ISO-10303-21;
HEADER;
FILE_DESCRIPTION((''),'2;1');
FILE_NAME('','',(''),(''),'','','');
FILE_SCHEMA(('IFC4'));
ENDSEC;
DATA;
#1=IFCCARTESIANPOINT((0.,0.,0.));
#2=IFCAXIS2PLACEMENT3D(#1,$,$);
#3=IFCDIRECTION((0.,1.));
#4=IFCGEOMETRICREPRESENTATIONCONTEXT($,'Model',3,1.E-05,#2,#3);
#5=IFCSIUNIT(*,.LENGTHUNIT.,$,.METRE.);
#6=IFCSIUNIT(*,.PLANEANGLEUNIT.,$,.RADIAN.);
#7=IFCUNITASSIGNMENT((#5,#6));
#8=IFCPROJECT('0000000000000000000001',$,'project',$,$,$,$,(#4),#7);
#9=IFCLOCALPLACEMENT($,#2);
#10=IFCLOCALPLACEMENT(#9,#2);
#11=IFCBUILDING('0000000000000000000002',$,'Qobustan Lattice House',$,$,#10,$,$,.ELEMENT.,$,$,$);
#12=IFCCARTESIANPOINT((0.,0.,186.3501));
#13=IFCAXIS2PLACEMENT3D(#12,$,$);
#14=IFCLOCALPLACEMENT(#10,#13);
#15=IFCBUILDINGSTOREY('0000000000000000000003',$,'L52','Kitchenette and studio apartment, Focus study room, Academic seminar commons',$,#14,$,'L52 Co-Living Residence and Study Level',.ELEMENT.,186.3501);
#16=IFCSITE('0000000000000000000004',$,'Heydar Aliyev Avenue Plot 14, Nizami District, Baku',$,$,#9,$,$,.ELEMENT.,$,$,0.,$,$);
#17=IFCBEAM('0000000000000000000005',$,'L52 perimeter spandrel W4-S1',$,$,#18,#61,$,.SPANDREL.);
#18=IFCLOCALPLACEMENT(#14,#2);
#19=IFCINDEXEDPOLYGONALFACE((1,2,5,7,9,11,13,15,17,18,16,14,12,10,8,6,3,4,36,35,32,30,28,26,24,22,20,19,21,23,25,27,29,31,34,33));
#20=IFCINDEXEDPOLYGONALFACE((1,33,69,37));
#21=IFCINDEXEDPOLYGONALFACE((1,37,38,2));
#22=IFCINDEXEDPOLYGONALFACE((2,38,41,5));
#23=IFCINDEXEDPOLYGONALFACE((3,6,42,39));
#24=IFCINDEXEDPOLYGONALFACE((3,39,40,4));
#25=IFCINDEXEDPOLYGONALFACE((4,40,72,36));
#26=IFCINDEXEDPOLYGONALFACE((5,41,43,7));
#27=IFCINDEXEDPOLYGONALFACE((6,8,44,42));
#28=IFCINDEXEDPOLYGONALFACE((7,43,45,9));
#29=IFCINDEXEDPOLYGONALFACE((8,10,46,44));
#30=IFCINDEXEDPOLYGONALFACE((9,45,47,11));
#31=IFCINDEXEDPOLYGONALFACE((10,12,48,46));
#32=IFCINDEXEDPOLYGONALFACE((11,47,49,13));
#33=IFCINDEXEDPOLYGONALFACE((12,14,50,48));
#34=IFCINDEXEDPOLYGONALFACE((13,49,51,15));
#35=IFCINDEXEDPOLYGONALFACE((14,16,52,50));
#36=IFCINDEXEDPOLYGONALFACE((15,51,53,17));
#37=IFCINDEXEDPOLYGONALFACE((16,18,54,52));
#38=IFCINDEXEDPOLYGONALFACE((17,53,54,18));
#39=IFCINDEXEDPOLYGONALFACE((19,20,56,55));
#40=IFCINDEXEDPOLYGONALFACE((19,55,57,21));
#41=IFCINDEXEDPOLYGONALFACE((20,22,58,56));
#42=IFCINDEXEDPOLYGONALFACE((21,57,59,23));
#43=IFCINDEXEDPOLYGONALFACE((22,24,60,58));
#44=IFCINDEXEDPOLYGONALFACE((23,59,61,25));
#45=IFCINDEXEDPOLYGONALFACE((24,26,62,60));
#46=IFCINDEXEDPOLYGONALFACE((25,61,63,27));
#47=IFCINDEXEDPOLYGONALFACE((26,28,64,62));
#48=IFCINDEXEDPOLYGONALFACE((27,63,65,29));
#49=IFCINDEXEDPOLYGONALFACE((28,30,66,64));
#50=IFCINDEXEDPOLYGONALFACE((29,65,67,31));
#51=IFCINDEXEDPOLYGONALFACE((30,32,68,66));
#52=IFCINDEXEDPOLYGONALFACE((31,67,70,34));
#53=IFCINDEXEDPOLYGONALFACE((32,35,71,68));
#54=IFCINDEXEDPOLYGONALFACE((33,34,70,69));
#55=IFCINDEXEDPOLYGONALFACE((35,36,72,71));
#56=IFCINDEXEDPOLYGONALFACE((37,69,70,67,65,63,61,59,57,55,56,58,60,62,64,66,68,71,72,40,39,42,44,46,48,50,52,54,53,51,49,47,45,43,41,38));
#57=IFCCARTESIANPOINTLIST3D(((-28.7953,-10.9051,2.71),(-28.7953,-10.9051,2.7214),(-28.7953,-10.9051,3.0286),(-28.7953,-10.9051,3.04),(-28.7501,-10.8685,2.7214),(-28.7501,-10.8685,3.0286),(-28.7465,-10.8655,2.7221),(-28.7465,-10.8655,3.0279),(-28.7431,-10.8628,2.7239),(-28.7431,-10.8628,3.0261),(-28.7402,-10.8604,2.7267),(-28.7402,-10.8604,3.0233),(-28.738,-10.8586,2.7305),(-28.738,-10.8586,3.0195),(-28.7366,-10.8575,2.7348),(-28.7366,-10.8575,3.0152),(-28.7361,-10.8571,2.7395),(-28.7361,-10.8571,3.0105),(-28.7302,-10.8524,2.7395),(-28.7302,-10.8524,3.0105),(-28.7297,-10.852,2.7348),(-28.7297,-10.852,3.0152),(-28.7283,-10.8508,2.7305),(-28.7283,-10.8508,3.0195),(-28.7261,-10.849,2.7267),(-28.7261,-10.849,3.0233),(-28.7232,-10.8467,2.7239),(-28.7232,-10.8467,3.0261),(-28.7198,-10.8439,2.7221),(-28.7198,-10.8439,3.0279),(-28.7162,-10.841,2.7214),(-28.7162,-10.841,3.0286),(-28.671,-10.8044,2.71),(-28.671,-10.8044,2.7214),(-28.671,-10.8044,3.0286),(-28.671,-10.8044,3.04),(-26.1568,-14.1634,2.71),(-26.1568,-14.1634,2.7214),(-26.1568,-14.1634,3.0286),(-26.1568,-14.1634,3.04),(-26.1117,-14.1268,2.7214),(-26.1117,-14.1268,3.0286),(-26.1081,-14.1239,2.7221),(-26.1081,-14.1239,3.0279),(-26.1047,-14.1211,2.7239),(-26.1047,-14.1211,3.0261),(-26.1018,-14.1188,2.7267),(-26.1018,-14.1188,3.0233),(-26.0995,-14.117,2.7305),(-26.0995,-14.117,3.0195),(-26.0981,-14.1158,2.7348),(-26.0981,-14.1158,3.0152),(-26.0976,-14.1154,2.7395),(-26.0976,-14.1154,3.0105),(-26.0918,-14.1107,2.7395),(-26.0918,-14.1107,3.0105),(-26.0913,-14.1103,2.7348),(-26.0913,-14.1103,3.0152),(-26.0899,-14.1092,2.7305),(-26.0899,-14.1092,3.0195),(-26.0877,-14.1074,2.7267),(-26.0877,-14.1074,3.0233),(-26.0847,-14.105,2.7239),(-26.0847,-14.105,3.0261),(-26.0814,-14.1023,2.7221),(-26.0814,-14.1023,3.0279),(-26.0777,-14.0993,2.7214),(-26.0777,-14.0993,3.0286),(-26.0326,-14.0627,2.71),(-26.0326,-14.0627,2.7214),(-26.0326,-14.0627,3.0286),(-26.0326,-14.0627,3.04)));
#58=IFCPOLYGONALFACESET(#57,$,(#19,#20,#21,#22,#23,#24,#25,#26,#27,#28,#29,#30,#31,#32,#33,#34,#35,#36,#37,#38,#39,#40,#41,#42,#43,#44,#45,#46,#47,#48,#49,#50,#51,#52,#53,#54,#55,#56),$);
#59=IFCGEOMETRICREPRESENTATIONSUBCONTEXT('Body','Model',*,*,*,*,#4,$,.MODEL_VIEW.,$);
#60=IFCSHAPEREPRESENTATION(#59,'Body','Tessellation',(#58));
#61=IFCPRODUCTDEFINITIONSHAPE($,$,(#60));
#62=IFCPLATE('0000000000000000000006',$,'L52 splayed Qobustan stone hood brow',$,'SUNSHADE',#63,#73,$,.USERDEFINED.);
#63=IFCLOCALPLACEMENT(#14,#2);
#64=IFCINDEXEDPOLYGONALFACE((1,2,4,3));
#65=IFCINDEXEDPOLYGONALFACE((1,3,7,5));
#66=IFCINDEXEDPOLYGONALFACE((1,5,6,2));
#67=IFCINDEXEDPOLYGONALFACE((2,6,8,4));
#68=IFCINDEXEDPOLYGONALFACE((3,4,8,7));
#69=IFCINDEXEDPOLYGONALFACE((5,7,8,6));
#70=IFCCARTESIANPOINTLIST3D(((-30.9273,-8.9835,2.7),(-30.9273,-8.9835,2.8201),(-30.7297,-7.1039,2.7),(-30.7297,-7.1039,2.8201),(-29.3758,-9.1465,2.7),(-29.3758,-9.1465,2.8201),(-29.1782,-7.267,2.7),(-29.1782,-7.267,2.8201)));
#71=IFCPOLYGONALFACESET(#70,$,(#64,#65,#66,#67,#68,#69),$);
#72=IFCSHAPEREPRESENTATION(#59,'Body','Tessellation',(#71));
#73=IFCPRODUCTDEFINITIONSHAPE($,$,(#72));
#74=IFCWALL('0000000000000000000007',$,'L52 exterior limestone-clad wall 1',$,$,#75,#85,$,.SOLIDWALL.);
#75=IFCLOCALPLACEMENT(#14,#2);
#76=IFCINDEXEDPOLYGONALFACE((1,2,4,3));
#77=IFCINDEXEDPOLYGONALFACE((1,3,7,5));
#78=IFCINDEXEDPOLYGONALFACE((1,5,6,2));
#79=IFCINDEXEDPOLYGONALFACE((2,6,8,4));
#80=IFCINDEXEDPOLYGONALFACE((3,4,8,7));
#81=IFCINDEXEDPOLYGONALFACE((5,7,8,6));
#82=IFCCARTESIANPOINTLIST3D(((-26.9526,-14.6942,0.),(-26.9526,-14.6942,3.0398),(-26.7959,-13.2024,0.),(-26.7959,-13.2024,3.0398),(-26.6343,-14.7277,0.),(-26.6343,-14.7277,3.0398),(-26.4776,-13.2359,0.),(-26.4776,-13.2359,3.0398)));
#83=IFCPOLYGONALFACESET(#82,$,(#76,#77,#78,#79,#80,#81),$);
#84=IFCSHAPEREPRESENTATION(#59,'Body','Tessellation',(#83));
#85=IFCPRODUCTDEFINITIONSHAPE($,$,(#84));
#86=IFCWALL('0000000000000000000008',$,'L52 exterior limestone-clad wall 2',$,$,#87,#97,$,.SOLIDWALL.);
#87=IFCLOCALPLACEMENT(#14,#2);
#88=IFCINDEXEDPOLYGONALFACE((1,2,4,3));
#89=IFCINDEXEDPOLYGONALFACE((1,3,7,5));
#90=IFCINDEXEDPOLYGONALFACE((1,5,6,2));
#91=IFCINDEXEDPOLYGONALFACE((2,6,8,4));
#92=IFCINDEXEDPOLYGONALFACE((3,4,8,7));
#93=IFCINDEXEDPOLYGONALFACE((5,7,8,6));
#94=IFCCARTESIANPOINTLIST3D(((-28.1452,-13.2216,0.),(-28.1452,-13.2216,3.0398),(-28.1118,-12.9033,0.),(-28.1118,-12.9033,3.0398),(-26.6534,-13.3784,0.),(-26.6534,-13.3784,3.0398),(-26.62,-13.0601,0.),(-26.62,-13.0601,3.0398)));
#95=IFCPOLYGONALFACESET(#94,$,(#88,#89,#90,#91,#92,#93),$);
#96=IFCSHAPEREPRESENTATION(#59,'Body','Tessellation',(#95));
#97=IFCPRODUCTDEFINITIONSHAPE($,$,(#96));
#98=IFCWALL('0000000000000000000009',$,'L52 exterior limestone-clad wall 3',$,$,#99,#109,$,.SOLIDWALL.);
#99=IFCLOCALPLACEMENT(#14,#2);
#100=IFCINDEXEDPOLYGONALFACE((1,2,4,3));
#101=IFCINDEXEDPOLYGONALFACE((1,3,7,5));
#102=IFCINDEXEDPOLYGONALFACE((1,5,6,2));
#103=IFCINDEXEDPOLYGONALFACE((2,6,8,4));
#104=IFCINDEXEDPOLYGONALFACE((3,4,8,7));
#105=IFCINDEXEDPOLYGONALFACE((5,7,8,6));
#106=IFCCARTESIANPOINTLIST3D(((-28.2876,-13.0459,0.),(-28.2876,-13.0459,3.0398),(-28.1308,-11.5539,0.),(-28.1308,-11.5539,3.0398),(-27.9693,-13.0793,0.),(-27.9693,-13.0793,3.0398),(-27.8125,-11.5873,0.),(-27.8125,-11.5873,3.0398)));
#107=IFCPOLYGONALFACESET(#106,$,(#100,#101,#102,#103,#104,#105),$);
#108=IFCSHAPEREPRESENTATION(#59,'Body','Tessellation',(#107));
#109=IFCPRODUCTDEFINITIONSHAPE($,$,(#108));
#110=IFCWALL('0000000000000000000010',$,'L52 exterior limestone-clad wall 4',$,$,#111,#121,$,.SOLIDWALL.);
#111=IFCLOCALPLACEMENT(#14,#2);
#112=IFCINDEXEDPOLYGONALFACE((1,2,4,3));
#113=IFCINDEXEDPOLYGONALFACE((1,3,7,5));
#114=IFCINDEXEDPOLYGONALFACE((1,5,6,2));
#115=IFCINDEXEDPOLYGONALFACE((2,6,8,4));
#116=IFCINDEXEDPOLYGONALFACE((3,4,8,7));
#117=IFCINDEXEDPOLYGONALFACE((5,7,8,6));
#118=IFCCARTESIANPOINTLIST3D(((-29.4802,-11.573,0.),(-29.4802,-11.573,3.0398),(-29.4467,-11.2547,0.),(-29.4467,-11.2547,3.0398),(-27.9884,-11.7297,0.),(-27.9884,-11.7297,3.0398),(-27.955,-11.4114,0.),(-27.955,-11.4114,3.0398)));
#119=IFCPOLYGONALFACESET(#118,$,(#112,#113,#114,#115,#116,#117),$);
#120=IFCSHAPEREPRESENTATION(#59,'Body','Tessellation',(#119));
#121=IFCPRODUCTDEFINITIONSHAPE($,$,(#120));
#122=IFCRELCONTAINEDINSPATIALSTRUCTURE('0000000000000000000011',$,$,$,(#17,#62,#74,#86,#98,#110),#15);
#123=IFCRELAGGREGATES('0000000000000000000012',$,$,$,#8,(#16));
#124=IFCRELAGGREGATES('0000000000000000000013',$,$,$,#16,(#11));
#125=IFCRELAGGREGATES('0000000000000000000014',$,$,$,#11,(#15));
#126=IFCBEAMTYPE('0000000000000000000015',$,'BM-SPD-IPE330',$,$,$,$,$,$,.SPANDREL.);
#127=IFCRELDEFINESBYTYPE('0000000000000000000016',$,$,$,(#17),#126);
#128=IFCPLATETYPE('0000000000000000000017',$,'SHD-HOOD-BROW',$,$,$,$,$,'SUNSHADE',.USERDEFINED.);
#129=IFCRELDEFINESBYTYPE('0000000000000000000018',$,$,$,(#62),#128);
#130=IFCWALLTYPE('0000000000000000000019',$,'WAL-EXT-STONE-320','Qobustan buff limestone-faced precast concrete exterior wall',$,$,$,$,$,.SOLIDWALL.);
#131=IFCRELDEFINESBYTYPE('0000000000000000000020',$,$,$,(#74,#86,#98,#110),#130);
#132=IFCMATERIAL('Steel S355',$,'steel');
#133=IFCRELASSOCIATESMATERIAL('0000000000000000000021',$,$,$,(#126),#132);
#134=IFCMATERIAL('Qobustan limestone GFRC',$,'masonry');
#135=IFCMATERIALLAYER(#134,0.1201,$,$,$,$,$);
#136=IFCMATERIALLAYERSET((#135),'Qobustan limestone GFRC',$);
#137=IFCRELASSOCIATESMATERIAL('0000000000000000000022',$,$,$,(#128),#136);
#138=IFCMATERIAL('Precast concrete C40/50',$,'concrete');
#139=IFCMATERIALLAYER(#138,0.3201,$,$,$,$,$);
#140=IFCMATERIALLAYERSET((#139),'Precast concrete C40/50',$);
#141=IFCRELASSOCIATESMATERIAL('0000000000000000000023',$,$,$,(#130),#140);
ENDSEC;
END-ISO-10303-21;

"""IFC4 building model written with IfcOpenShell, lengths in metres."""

from ifc_helpers import new_model, si_unit, direction, frame, frame_2d, origin, origin_2d, place, context, subcontext, project, spatial, rectangle, i_section, extrude, material, layer, layer_set, material_profile, profile_set, type_object, element, save


model = new_model("IFC4")

# Units and contexts
model_context = context("Model", 3, precision=1e-05, world=origin(), true_north=direction((0.0, 1.0)))
body_context = subcontext(model_context, "Body", "Model", "MODEL_VIEW")
ifc_project = project(units=[si_unit("LENGTHUNIT", "METRE"), si_unit("PLANEANGLEUNIT", "RADIAN")], contexts=[model_context])

# Site, building, storey
site_placement = place(None, origin())
site = spatial("IfcSite", under=ifc_project, at=site_placement, Name="Heydar Aliyev Avenue Plot 14, Nizami District, Baku", CompositionType="ELEMENT", RefElevation=0.0)
building_placement = place(site_placement, origin())
building = spatial("IfcBuilding", under=site, at=building_placement, Name="Qobustan Lattice House", CompositionType="ELEMENT")
storey_placement = place(building_placement, frame((0.0, 0.0, 186.3501)))
storey = spatial("IfcBuildingStorey", under=building, at=storey_placement, Name="L52", Description="Kitchenette and studio apartment, Focus study room, Academic seminar commons", LongName="L52 Co-Living Residence and Study Level", CompositionType="ELEMENT", Elevation=186.3501)

# Beam
ifc_material_1 = material(Name="Steel S355", Category="steel")
ifc_material_profile_1 = material_profile(ifc_material_1, i_section(OverallWidth=0.1599, OverallDepth=0.3301, WebThickness=0.0076, FlangeThickness=0.0115, FilletRadius=0.0181, at=origin_2d()), Name="IPE330")
ifc_profile_set_1 = profile_set([ifc_material_profile_1], Name="Steel S355")
beam_type_1 = type_object("IfcBeamType", Name="BM-SPD-IPE330", PredefinedType="SPANDREL", material=ifc_profile_set_1)
beam_1_placement = place(storey_placement, frame((-28.7332, -10.8547, 2.875), z_axis=(0.629307, -0.777157, 0.0), x_axis=(0.777157, 0.629307, 0.0)))
element("IfcBeam", 1, at=beam_1_placement, inside=storey, type_object=beam_type_1, Name="L52 perimeter spandrel W4-S1", PredefinedType="SPANDREL", context=body_context, shape_type="SweptSolid", body=[
    extrude(i_section(OverallWidth=0.1599, OverallDepth=0.3301, WebThickness=0.0076, FlangeThickness=0.0115, FilletRadius=0.0181, at=origin_2d()), origin(), (0.0, 0.0, 1.0), 4.1926),
])

# Plate
ifc_material_2 = material(Name="Qobustan limestone GFRC", Category="masonry")
ifc_layer_1 = layer(ifc_material_2, 0.1201)
ifc_layer_set_1 = layer_set([ifc_layer_1], Name="Qobustan limestone GFRC")
plate_type = type_object("IfcPlateType", Name="SHD-HOOD-BROW", ElementType="SUNSHADE", PredefinedType="USERDEFINED", material=ifc_layer_set_1)
plate_placement = place(storey_placement, frame((-30.0527, -8.1252, 2.7), z_axis=(0.0, 0.0, 1.0), x_axis=(0.104528, 0.994522, 0.0)))
element("IfcPlate", 2, at=plate_placement, inside=storey, type_object=plate_type, Name="L52 splayed Qobustan stone hood brow", ObjectType="SUNSHADE", PredefinedType="USERDEFINED", context=body_context, shape_type="SweptSolid", body=[
    extrude(rectangle(XDim=1.8899, YDim=1.5601, at=origin_2d()), origin(), (0.0, 0.0, 1.0), 0.1201),
])

# Walls
ifc_material_3 = material(Name="Precast concrete C40/50", Category="concrete")
ifc_layer_2 = layer(ifc_material_3, 0.3201)
ifc_layer_set_2 = layer_set([ifc_layer_2], Name="Precast concrete C40/50")
wall_type = type_object("IfcWallType", Name="WAL-EXT-STONE-320", Description="Qobustan buff limestone-faced precast concrete exterior wall", PredefinedType="SOLIDWALL", material=ifc_layer_set_2)
for number, where, z_axis, x_axis, name in (
    (3, (-26.7935, -14.7109, 0.0), (0.0, 0.0, 1.0), (0.104498, 0.994525, 0.0), "L52 exterior limestone-clad wall 1"),
    (4, (-26.6367, -13.2192, 0.0), (0.0, 0.0, 1.0), (-0.994525, 0.104498, 0.0), "L52 exterior limestone-clad wall 2"),
):
    element("IfcWall", number, at=place(storey_placement, frame(where, z_axis=z_axis, x_axis=x_axis)), inside=storey, type_object=wall_type, Name=name, PredefinedType="SOLIDWALL", context=body_context, shape_type="SweptSolid", body=[
        extrude(rectangle(XDim=1.5, YDim=0.3201, at=frame_2d((0.75, 0.0))), origin(), (0.0, 0.0, 1.0), 3.0398),
    ])
wall_1_placement = place(storey_placement, frame((-28.1284, -13.0625, 0.0), z_axis=(0.0, 0.0, 1.0), x_axis=(0.104481, 0.994527, 0.0)))
element("IfcWall", 5, at=wall_1_placement, inside=storey, type_object=wall_type, Name="L52 exterior limestone-clad wall 3", PredefinedType="SOLIDWALL", context=body_context, shape_type="SweptSolid", body=[
    extrude(rectangle(XDim=1.5002, YDim=0.3201, at=frame_2d((0.75, 0.0))), origin(), (0.0, 0.0, 1.0), 3.0398),
])
wall_2_placement = place(storey_placement, frame((-27.9717, -11.5706, 0.0), z_axis=(0.0, 0.0, 1.0), x_axis=(-0.994525, 0.104498, 0.0)))
element("IfcWall", 6, at=wall_2_placement, inside=storey, type_object=wall_type, Name="L52 exterior limestone-clad wall 4", PredefinedType="SOLIDWALL", context=body_context, shape_type="SweptSolid", body=[
    extrude(rectangle(XDim=1.5, YDim=0.3201, at=frame_2d((0.75, 0.0))), origin(), (0.0, 0.0, 1.0), 3.0398),
])

save(model, "model.ifc")
